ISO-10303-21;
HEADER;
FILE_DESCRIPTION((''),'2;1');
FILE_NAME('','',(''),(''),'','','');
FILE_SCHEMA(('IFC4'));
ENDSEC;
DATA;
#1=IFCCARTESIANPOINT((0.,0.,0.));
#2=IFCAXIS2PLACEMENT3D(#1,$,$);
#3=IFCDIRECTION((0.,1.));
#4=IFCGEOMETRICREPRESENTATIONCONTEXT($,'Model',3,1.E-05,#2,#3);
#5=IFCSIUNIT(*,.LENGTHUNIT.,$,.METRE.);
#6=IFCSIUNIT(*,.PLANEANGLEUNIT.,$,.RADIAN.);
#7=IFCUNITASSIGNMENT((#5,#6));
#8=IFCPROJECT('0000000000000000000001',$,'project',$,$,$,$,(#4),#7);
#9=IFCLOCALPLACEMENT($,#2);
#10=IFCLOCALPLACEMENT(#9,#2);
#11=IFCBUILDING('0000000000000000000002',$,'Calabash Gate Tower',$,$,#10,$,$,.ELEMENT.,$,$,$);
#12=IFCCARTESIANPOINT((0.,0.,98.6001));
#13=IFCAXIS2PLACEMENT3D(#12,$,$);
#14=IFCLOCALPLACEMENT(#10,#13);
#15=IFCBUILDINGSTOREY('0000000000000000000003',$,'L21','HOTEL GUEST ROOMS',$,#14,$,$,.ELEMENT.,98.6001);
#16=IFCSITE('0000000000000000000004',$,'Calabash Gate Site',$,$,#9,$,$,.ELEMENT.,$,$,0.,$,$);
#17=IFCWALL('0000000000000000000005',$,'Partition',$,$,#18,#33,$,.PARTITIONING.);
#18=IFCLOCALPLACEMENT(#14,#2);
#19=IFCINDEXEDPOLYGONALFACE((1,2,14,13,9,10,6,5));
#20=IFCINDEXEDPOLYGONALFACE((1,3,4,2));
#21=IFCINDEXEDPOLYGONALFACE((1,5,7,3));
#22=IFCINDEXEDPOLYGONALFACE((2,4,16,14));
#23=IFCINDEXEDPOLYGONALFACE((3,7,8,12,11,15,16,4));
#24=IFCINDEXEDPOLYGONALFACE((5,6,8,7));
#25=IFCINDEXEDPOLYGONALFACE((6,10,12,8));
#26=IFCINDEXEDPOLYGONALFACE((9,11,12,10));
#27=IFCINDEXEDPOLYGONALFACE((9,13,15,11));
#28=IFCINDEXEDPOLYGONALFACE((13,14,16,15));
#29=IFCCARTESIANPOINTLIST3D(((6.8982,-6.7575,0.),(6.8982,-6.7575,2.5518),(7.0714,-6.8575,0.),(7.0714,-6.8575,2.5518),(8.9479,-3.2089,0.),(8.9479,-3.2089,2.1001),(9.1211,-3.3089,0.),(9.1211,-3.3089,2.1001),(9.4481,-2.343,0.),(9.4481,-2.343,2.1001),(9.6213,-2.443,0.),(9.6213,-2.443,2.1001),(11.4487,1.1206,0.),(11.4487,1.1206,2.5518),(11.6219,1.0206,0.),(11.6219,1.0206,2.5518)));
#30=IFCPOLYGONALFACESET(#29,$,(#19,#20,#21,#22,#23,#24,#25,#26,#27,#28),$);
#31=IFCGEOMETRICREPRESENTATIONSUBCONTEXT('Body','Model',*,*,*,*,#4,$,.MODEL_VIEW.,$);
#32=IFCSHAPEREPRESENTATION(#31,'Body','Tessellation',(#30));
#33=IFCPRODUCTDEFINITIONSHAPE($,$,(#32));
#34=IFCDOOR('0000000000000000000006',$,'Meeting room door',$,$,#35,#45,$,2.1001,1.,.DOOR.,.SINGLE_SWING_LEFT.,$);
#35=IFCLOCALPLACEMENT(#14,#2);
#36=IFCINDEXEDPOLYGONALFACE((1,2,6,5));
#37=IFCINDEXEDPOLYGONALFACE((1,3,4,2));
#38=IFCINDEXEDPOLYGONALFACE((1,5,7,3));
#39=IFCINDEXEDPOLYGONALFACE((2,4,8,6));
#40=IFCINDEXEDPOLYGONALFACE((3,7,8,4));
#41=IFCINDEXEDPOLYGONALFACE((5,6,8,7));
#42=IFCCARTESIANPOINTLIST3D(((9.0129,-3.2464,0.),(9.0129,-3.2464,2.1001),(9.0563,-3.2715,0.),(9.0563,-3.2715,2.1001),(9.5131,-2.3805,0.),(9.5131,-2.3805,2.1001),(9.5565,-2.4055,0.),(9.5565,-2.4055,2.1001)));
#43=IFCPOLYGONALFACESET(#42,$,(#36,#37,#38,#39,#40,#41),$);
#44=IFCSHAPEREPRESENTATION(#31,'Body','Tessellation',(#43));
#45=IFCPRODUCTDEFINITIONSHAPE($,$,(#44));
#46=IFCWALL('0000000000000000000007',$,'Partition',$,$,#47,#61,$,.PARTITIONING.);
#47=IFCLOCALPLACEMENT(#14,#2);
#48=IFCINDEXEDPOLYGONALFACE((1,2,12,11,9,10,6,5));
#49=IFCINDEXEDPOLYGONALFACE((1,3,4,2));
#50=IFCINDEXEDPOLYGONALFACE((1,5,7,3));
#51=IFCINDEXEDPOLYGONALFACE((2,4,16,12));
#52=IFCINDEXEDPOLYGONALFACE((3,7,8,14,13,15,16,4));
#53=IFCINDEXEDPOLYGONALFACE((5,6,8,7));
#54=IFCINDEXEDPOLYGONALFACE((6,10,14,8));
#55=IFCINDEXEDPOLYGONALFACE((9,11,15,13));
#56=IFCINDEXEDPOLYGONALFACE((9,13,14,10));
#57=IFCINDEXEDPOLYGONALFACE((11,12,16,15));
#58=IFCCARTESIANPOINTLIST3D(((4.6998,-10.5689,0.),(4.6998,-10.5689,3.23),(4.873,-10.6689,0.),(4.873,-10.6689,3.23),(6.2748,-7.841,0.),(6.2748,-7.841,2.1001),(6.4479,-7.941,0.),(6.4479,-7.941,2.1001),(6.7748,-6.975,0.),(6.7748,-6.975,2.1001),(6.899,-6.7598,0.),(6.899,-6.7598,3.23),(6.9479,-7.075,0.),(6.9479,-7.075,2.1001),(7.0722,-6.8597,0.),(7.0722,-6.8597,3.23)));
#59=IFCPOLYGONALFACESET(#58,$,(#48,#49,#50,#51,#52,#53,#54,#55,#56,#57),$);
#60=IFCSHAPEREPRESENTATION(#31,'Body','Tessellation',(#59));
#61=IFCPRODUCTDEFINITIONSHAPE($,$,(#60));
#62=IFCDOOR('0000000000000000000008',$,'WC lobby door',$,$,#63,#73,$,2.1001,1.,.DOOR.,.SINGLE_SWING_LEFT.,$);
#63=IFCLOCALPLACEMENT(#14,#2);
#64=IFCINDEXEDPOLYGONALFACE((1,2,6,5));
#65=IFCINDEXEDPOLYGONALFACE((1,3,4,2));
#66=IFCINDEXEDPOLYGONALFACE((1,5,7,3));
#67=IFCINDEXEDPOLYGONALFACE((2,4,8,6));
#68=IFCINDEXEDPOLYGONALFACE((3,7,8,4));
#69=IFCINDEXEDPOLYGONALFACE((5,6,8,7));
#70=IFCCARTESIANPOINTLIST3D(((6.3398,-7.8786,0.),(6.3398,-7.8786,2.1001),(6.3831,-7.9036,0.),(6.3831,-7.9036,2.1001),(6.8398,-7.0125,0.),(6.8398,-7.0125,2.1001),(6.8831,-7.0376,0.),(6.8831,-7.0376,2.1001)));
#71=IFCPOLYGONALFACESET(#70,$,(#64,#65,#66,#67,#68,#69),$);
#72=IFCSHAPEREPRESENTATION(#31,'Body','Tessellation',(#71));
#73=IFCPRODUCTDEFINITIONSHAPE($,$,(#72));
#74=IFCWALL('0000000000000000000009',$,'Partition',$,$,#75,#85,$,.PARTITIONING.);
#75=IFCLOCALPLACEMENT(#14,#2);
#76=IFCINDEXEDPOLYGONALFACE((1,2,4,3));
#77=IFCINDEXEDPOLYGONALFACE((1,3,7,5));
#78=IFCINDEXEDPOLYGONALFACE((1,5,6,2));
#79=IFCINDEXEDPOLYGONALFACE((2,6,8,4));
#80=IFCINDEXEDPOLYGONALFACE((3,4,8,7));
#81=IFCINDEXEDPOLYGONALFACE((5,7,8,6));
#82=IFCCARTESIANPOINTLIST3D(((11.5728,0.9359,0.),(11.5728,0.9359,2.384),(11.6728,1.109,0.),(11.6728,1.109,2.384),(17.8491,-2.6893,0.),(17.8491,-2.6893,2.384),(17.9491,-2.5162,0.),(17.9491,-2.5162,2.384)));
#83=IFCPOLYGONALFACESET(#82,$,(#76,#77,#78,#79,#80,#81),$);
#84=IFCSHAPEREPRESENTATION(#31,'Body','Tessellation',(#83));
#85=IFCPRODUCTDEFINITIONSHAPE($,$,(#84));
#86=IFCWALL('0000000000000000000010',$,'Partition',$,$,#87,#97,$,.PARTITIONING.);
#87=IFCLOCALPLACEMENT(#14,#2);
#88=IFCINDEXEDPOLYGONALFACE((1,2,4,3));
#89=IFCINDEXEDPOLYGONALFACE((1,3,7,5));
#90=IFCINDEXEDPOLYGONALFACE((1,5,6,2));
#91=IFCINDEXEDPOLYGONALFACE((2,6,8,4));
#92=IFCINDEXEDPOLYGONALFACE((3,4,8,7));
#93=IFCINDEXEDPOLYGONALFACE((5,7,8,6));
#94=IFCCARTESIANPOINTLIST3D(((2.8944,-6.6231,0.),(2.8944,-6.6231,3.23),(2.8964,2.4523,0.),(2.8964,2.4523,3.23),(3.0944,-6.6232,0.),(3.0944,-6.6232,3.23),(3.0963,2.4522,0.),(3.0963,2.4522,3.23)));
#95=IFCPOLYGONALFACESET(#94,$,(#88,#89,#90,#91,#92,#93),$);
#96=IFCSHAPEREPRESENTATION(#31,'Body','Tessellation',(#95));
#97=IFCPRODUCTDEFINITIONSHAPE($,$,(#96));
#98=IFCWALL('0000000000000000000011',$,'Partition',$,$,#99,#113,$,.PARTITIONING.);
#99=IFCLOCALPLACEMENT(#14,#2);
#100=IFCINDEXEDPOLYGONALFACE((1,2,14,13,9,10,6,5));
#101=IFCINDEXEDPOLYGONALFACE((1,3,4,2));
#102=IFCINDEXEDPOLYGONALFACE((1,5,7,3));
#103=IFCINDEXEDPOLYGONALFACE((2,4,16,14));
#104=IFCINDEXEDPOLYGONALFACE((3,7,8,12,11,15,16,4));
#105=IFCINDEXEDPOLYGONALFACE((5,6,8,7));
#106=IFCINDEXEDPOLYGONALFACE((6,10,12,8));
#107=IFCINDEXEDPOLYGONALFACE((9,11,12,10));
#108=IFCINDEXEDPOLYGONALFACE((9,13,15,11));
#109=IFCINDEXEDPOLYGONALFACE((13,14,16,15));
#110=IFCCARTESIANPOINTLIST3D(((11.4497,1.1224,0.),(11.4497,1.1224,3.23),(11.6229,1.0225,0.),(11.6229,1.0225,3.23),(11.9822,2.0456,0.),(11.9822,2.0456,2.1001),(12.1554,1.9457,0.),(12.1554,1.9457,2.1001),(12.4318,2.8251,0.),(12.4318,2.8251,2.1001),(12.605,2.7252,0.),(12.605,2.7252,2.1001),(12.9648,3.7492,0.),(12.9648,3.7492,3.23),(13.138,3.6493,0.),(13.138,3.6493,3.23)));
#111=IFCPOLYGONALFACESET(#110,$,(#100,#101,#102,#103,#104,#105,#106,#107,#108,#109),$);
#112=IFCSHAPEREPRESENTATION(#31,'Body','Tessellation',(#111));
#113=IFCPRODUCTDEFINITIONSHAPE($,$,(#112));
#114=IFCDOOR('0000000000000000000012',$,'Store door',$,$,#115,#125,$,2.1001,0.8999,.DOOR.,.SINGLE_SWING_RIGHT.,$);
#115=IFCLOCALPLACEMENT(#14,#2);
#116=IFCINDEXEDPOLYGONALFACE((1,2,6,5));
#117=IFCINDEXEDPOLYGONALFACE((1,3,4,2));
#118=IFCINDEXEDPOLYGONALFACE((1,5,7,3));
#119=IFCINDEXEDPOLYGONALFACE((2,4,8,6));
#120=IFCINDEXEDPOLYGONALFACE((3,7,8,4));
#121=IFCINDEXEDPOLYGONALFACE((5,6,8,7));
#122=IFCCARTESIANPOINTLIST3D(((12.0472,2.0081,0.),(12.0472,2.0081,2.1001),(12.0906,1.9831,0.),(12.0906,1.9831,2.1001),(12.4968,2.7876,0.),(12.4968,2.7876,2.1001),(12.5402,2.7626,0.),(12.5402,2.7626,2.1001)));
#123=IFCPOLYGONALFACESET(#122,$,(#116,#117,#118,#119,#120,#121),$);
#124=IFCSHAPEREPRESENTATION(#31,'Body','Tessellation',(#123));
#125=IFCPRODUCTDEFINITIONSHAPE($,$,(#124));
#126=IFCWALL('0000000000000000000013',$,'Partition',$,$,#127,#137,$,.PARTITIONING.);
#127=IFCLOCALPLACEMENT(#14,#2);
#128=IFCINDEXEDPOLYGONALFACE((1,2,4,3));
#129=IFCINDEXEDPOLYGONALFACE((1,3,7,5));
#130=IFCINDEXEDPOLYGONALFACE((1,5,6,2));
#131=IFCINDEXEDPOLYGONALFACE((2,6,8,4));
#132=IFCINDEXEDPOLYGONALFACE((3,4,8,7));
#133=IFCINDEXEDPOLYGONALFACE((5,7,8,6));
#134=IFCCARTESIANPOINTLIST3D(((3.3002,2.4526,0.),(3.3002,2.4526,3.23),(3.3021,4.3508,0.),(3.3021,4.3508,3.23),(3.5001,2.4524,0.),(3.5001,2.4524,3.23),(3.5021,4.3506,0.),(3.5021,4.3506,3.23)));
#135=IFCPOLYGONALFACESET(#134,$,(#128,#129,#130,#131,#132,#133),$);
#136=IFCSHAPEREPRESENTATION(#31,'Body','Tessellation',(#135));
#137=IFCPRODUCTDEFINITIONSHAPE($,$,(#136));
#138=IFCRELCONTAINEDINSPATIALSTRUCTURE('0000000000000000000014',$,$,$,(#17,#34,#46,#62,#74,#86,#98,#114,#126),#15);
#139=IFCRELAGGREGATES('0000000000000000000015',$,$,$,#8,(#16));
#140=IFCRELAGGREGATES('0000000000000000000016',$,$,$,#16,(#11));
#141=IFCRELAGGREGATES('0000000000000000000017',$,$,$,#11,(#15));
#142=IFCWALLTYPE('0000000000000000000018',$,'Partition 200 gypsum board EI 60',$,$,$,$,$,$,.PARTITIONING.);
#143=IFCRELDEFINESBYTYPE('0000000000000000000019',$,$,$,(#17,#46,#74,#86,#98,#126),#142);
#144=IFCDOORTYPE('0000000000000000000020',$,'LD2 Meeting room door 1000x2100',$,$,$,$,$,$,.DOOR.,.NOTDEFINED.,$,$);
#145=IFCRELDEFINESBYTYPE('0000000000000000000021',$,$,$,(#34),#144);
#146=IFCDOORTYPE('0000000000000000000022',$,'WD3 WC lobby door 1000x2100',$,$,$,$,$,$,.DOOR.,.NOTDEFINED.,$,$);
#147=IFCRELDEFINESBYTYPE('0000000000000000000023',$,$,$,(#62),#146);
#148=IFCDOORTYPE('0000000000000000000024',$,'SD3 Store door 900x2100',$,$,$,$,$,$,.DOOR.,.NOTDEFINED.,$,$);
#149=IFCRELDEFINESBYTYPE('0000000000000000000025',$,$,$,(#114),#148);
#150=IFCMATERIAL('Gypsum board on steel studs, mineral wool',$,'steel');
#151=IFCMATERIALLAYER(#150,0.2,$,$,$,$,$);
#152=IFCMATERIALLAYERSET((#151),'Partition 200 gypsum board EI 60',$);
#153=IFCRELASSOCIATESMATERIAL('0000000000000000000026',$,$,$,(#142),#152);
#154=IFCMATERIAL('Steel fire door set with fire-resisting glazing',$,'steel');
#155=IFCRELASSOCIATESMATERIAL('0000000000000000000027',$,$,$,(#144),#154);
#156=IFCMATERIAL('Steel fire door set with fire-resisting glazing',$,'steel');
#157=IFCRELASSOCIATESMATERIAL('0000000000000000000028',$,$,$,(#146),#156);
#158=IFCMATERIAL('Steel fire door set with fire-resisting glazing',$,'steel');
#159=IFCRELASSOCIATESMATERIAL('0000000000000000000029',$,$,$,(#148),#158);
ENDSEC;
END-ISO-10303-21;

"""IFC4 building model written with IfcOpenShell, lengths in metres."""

from ifc_helpers import new_model, si_unit, direction, frame, frame_2d, origin, place, context, subcontext, project, spatial, rectangle, extrude, material, layer, layer_set, type_object, element, fill, save


model = new_model("IFC4")

# Units and contexts
model_context = context("Model", 3, precision=1e-05, world=origin(), true_north=direction((0.0, 1.0)))
body_context = subcontext(model_context, "Body", "Model", "MODEL_VIEW")
ifc_project = project(units=[si_unit("LENGTHUNIT", "METRE"), si_unit("PLANEANGLEUNIT", "RADIAN")], contexts=[model_context])

# Site, building, storey
site_placement = place(None, origin())
site = spatial("IfcSite", under=ifc_project, at=site_placement, Name="Calabash Gate Site", CompositionType="ELEMENT", RefElevation=0.0)
building_placement = place(site_placement, origin())
building = spatial("IfcBuilding", under=site, at=building_placement, Name="Calabash Gate Tower", CompositionType="ELEMENT")
storey_placement = place(building_placement, frame((0.0, 0.0, 98.6001)))
storey = spatial("IfcBuildingStorey", under=building, at=storey_placement, Name="L21", Description="HOTEL GUEST ROOMS", CompositionType="ELEMENT", Elevation=98.6001)

# Shared definitions
ifc_material_1 = material(Name="Gypsum board on steel studs, mineral wool", Category="steel")
ifc_layer_1 = layer(ifc_material_1, 0.2)
ifc_layer_set_1 = layer_set([ifc_layer_1], Name="Partition 200 gypsum board EI 60")
wall_type_1 = type_object("IfcWallType", Name="Partition 200 gypsum board EI 60", PredefinedType="PARTITIONING", material=ifc_layer_set_1)

# Walls, openings, doors
ifc_material_2 = material(Name="Steel fire door set with fire-resisting glazing", Category="steel")
door_type_1 = type_object("IfcDoorType", Name="LD2 Meeting room door 1000x2100", OperationType="NOTDEFINED", PredefinedType="DOOR", material=ifc_material_2)
wall_1_placement = place(storey_placement, frame((6.9849, -6.8074, 0.0), z_axis=(0.0, 0.0, 1.0), x_axis=(0.500171, 0.865927, 0.0)))
wall_1 = element("IfcWall", 1, at=wall_1_placement, inside=storey, type_object=wall_type_1, Name="Partition", PredefinedType="PARTITIONING", context=body_context, shape_type="SweptSolid", body=[
    extrude(rectangle(XDim=9.0979, YDim=0.2, at=frame_2d((4.5488, 0.0))), origin(), (0.0, 0.0, 1.0), 2.5518),
])
opening_1_placement = place(wall_1_placement, frame((4.0979, 0.0, 0.0)))
opening_1 = element("IfcOpeningElement", 2, at=opening_1_placement, cuts=wall_1, PredefinedType="OPENING", context=body_context, shape_type="SweptSolid", body=[
    extrude(rectangle(XDim=1.0, YDim=2.1001, at=frame_2d((0.5, 1.05))), frame((0.0, 0.1099, 0.0), z_axis=(0.0, -1.0, 0.0), x_axis=(1.0, 0.0, 0.0)), (0.0, 0.0, 1.0), 0.22),
])
door_1_placement = place(opening_1_placement, origin())
door_1 = element("IfcDoor", 3, at=door_1_placement, inside=storey, type_object=door_type_1, Name="Meeting room door", OperationType="SINGLE_SWING_LEFT", OverallHeight=2.1001, OverallWidth=1.0, PredefinedType="DOOR", context=body_context, shape_type="SweptSolid", body=[
    extrude(rectangle(XDim=1.0, YDim=2.1001, at=frame_2d((0.5, 1.05))), frame((0.0, 0.0249, 0.0), z_axis=(0.0, -1.0, 0.0), x_axis=(1.0, 0.0, 0.0)), (0.0, 0.0, 1.0), 0.05),
])
fill(opening_1, door_1)
wall_2_placement = place(storey_placement, frame((4.7864, -10.6189, 0.0), z_axis=(0.0, 0.0, 1.0), x_axis=(0.500008, 0.866021, 0.0)))
wall_2 = element("IfcWall", 4, at=wall_2_placement, inside=storey, type_object=wall_type_1, Name="Partition", PredefinedType="PARTITIONING", context=body_context, shape_type="SweptSolid", body=[
    extrude(rectangle(XDim=4.3984, YDim=0.2, at=frame_2d((2.1992, 0.0))), origin(), (0.0, 0.0, 1.0), 3.23),
])
opening_2_placement = place(wall_2_placement, frame((3.1499, 0.0, 0.0)))
opening_2 = element("IfcOpeningElement", 5, at=opening_2_placement, cuts=wall_2, PredefinedType="OPENING", context=body_context, shape_type="SweptSolid", body=[
    extrude(rectangle(XDim=1.0, YDim=2.1001, at=frame_2d((0.5, 1.05))), frame((0.0, 0.1099, 0.0), z_axis=(0.0, -1.0, 0.0), x_axis=(1.0, 0.0, 0.0)), (0.0, 0.0, 1.0), 0.22),
])
ifc_material_3 = material(Name="Steel fire door set with fire-resisting glazing", Category="steel")
door_type_2 = type_object("IfcDoorType", Name="WD3 WC lobby door 1000x2100", OperationType="NOTDEFINED", PredefinedType="DOOR", material=ifc_material_3)
door_2_placement = place(opening_2_placement, origin())
door_2 = element("IfcDoor", 6, at=door_2_placement, inside=storey, type_object=door_type_2, Name="WC lobby door", OperationType="SINGLE_SWING_LEFT", OverallHeight=2.1001, OverallWidth=1.0, PredefinedType="DOOR", context=body_context, shape_type="SweptSolid", body=[
    extrude(rectangle(XDim=1.0, YDim=2.1001, at=frame_2d((0.5, 1.05))), frame((0.0, 0.0249, 0.0), z_axis=(0.0, -1.0, 0.0), x_axis=(1.0, 0.0, 0.0)), (0.0, 0.0, 1.0), 0.05),
])
fill(opening_2, door_2)

# Walls
wall_3_placement = place(storey_placement, frame((11.6228, 1.0225, 0.0), z_axis=(0.0, 0.0, 1.0), x_axis=(0.865931, -0.500164, 0.0)))
element("IfcWall", 7, at=wall_3_placement, inside=storey, type_object=wall_type_1, Name="Partition", PredefinedType="PARTITIONING", context=body_context, shape_type="SweptSolid", body=[
    extrude(rectangle(XDim=7.248, YDim=0.2, at=frame_2d((3.624, 0.0))), origin(), (0.0, 0.0, 1.0), 2.384),
])
wall_4_placement = place(storey_placement, frame((2.9944, -6.623, 0.0), z_axis=(0.0, 0.0, 1.0), x_axis=(0.000215, 1.0, 0.0)))
element("IfcWall", 8, at=wall_4_placement, inside=storey, type_object=wall_type_1, Name="Partition", PredefinedType="PARTITIONING", context=body_context, shape_type="SweptSolid", body=[
    extrude(rectangle(XDim=9.0754, YDim=0.2, at=frame_2d((4.5376, 0.0))), origin(), (0.0, 0.0, 1.0), 3.23),
])

# Wall, opening, door
wall_5_placement = place(storey_placement, frame((11.5364, 1.0725, 0.0), z_axis=(0.0, 0.0, 1.0), x_axis=(0.49962, 0.866245, 0.0)))
wall_5 = element("IfcWall", 9, at=wall_5_placement, inside=storey, type_object=wall_type_1, Name="Partition", PredefinedType="PARTITIONING", context=body_context, shape_type="SweptSolid", body=[
    extrude(rectangle(XDim=3.0325, YDim=0.2, at=frame_2d((1.5161, 0.0))), origin(), (0.0, 0.0, 1.0), 3.23),
])
opening_3_placement = place(wall_5_placement, frame((1.0657, 0.0, 0.0)))
opening_3 = element("IfcOpeningElement", 10, at=opening_3_placement, cuts=wall_5, PredefinedType="OPENING", context=body_context, shape_type="SweptSolid", body=[
    extrude(rectangle(XDim=0.8999, YDim=2.1001, at=frame_2d((0.45, 1.05))), frame((0.0, 0.1099, 0.0), z_axis=(0.0, -1.0, 0.0), x_axis=(1.0, 0.0, 0.0)), (0.0, 0.0, 1.0), 0.22),
])
ifc_material_4 = material(Name="Steel fire door set with fire-resisting glazing", Category="steel")
door_type_3 = type_object("IfcDoorType", Name="SD3 Store door 900x2100", OperationType="NOTDEFINED", PredefinedType="DOOR", material=ifc_material_4)
door_3_placement = place(opening_3_placement, origin())
door_3 = element("IfcDoor", 11, at=door_3_placement, inside=storey, type_object=door_type_3, Name="Store door", OperationType="SINGLE_SWING_RIGHT", OverallHeight=2.1001, OverallWidth=0.8999, PredefinedType="DOOR", context=body_context, shape_type="SweptSolid", body=[
    extrude(rectangle(XDim=0.8999, YDim=2.1001, at=frame_2d((0.45, 1.05))), frame((0.0, 0.0249, 0.0), z_axis=(0.0, -1.0, 0.0), x_axis=(1.0, 0.0, 0.0)), (0.0, 0.0, 1.0), 0.05),
])
fill(opening_3, door_3)

# Wall
wall_6_placement = place(storey_placement, frame((3.4001, 2.4524, 0.0), z_axis=(0.0, 0.0, 1.0), x_axis=(0.001029, 0.999999, 0.0)))
element("IfcWall", 12, at=wall_6_placement, inside=storey, type_object=wall_type_1, Name="Partition", PredefinedType="PARTITIONING", context=body_context, shape_type="SweptSolid", body=[
    extrude(rectangle(XDim=1.8982, YDim=0.2, at=frame_2d((0.9492, 0.0))), origin(), (0.0, 0.0, 1.0), 3.23),
])

save(model, "model.ifc")
